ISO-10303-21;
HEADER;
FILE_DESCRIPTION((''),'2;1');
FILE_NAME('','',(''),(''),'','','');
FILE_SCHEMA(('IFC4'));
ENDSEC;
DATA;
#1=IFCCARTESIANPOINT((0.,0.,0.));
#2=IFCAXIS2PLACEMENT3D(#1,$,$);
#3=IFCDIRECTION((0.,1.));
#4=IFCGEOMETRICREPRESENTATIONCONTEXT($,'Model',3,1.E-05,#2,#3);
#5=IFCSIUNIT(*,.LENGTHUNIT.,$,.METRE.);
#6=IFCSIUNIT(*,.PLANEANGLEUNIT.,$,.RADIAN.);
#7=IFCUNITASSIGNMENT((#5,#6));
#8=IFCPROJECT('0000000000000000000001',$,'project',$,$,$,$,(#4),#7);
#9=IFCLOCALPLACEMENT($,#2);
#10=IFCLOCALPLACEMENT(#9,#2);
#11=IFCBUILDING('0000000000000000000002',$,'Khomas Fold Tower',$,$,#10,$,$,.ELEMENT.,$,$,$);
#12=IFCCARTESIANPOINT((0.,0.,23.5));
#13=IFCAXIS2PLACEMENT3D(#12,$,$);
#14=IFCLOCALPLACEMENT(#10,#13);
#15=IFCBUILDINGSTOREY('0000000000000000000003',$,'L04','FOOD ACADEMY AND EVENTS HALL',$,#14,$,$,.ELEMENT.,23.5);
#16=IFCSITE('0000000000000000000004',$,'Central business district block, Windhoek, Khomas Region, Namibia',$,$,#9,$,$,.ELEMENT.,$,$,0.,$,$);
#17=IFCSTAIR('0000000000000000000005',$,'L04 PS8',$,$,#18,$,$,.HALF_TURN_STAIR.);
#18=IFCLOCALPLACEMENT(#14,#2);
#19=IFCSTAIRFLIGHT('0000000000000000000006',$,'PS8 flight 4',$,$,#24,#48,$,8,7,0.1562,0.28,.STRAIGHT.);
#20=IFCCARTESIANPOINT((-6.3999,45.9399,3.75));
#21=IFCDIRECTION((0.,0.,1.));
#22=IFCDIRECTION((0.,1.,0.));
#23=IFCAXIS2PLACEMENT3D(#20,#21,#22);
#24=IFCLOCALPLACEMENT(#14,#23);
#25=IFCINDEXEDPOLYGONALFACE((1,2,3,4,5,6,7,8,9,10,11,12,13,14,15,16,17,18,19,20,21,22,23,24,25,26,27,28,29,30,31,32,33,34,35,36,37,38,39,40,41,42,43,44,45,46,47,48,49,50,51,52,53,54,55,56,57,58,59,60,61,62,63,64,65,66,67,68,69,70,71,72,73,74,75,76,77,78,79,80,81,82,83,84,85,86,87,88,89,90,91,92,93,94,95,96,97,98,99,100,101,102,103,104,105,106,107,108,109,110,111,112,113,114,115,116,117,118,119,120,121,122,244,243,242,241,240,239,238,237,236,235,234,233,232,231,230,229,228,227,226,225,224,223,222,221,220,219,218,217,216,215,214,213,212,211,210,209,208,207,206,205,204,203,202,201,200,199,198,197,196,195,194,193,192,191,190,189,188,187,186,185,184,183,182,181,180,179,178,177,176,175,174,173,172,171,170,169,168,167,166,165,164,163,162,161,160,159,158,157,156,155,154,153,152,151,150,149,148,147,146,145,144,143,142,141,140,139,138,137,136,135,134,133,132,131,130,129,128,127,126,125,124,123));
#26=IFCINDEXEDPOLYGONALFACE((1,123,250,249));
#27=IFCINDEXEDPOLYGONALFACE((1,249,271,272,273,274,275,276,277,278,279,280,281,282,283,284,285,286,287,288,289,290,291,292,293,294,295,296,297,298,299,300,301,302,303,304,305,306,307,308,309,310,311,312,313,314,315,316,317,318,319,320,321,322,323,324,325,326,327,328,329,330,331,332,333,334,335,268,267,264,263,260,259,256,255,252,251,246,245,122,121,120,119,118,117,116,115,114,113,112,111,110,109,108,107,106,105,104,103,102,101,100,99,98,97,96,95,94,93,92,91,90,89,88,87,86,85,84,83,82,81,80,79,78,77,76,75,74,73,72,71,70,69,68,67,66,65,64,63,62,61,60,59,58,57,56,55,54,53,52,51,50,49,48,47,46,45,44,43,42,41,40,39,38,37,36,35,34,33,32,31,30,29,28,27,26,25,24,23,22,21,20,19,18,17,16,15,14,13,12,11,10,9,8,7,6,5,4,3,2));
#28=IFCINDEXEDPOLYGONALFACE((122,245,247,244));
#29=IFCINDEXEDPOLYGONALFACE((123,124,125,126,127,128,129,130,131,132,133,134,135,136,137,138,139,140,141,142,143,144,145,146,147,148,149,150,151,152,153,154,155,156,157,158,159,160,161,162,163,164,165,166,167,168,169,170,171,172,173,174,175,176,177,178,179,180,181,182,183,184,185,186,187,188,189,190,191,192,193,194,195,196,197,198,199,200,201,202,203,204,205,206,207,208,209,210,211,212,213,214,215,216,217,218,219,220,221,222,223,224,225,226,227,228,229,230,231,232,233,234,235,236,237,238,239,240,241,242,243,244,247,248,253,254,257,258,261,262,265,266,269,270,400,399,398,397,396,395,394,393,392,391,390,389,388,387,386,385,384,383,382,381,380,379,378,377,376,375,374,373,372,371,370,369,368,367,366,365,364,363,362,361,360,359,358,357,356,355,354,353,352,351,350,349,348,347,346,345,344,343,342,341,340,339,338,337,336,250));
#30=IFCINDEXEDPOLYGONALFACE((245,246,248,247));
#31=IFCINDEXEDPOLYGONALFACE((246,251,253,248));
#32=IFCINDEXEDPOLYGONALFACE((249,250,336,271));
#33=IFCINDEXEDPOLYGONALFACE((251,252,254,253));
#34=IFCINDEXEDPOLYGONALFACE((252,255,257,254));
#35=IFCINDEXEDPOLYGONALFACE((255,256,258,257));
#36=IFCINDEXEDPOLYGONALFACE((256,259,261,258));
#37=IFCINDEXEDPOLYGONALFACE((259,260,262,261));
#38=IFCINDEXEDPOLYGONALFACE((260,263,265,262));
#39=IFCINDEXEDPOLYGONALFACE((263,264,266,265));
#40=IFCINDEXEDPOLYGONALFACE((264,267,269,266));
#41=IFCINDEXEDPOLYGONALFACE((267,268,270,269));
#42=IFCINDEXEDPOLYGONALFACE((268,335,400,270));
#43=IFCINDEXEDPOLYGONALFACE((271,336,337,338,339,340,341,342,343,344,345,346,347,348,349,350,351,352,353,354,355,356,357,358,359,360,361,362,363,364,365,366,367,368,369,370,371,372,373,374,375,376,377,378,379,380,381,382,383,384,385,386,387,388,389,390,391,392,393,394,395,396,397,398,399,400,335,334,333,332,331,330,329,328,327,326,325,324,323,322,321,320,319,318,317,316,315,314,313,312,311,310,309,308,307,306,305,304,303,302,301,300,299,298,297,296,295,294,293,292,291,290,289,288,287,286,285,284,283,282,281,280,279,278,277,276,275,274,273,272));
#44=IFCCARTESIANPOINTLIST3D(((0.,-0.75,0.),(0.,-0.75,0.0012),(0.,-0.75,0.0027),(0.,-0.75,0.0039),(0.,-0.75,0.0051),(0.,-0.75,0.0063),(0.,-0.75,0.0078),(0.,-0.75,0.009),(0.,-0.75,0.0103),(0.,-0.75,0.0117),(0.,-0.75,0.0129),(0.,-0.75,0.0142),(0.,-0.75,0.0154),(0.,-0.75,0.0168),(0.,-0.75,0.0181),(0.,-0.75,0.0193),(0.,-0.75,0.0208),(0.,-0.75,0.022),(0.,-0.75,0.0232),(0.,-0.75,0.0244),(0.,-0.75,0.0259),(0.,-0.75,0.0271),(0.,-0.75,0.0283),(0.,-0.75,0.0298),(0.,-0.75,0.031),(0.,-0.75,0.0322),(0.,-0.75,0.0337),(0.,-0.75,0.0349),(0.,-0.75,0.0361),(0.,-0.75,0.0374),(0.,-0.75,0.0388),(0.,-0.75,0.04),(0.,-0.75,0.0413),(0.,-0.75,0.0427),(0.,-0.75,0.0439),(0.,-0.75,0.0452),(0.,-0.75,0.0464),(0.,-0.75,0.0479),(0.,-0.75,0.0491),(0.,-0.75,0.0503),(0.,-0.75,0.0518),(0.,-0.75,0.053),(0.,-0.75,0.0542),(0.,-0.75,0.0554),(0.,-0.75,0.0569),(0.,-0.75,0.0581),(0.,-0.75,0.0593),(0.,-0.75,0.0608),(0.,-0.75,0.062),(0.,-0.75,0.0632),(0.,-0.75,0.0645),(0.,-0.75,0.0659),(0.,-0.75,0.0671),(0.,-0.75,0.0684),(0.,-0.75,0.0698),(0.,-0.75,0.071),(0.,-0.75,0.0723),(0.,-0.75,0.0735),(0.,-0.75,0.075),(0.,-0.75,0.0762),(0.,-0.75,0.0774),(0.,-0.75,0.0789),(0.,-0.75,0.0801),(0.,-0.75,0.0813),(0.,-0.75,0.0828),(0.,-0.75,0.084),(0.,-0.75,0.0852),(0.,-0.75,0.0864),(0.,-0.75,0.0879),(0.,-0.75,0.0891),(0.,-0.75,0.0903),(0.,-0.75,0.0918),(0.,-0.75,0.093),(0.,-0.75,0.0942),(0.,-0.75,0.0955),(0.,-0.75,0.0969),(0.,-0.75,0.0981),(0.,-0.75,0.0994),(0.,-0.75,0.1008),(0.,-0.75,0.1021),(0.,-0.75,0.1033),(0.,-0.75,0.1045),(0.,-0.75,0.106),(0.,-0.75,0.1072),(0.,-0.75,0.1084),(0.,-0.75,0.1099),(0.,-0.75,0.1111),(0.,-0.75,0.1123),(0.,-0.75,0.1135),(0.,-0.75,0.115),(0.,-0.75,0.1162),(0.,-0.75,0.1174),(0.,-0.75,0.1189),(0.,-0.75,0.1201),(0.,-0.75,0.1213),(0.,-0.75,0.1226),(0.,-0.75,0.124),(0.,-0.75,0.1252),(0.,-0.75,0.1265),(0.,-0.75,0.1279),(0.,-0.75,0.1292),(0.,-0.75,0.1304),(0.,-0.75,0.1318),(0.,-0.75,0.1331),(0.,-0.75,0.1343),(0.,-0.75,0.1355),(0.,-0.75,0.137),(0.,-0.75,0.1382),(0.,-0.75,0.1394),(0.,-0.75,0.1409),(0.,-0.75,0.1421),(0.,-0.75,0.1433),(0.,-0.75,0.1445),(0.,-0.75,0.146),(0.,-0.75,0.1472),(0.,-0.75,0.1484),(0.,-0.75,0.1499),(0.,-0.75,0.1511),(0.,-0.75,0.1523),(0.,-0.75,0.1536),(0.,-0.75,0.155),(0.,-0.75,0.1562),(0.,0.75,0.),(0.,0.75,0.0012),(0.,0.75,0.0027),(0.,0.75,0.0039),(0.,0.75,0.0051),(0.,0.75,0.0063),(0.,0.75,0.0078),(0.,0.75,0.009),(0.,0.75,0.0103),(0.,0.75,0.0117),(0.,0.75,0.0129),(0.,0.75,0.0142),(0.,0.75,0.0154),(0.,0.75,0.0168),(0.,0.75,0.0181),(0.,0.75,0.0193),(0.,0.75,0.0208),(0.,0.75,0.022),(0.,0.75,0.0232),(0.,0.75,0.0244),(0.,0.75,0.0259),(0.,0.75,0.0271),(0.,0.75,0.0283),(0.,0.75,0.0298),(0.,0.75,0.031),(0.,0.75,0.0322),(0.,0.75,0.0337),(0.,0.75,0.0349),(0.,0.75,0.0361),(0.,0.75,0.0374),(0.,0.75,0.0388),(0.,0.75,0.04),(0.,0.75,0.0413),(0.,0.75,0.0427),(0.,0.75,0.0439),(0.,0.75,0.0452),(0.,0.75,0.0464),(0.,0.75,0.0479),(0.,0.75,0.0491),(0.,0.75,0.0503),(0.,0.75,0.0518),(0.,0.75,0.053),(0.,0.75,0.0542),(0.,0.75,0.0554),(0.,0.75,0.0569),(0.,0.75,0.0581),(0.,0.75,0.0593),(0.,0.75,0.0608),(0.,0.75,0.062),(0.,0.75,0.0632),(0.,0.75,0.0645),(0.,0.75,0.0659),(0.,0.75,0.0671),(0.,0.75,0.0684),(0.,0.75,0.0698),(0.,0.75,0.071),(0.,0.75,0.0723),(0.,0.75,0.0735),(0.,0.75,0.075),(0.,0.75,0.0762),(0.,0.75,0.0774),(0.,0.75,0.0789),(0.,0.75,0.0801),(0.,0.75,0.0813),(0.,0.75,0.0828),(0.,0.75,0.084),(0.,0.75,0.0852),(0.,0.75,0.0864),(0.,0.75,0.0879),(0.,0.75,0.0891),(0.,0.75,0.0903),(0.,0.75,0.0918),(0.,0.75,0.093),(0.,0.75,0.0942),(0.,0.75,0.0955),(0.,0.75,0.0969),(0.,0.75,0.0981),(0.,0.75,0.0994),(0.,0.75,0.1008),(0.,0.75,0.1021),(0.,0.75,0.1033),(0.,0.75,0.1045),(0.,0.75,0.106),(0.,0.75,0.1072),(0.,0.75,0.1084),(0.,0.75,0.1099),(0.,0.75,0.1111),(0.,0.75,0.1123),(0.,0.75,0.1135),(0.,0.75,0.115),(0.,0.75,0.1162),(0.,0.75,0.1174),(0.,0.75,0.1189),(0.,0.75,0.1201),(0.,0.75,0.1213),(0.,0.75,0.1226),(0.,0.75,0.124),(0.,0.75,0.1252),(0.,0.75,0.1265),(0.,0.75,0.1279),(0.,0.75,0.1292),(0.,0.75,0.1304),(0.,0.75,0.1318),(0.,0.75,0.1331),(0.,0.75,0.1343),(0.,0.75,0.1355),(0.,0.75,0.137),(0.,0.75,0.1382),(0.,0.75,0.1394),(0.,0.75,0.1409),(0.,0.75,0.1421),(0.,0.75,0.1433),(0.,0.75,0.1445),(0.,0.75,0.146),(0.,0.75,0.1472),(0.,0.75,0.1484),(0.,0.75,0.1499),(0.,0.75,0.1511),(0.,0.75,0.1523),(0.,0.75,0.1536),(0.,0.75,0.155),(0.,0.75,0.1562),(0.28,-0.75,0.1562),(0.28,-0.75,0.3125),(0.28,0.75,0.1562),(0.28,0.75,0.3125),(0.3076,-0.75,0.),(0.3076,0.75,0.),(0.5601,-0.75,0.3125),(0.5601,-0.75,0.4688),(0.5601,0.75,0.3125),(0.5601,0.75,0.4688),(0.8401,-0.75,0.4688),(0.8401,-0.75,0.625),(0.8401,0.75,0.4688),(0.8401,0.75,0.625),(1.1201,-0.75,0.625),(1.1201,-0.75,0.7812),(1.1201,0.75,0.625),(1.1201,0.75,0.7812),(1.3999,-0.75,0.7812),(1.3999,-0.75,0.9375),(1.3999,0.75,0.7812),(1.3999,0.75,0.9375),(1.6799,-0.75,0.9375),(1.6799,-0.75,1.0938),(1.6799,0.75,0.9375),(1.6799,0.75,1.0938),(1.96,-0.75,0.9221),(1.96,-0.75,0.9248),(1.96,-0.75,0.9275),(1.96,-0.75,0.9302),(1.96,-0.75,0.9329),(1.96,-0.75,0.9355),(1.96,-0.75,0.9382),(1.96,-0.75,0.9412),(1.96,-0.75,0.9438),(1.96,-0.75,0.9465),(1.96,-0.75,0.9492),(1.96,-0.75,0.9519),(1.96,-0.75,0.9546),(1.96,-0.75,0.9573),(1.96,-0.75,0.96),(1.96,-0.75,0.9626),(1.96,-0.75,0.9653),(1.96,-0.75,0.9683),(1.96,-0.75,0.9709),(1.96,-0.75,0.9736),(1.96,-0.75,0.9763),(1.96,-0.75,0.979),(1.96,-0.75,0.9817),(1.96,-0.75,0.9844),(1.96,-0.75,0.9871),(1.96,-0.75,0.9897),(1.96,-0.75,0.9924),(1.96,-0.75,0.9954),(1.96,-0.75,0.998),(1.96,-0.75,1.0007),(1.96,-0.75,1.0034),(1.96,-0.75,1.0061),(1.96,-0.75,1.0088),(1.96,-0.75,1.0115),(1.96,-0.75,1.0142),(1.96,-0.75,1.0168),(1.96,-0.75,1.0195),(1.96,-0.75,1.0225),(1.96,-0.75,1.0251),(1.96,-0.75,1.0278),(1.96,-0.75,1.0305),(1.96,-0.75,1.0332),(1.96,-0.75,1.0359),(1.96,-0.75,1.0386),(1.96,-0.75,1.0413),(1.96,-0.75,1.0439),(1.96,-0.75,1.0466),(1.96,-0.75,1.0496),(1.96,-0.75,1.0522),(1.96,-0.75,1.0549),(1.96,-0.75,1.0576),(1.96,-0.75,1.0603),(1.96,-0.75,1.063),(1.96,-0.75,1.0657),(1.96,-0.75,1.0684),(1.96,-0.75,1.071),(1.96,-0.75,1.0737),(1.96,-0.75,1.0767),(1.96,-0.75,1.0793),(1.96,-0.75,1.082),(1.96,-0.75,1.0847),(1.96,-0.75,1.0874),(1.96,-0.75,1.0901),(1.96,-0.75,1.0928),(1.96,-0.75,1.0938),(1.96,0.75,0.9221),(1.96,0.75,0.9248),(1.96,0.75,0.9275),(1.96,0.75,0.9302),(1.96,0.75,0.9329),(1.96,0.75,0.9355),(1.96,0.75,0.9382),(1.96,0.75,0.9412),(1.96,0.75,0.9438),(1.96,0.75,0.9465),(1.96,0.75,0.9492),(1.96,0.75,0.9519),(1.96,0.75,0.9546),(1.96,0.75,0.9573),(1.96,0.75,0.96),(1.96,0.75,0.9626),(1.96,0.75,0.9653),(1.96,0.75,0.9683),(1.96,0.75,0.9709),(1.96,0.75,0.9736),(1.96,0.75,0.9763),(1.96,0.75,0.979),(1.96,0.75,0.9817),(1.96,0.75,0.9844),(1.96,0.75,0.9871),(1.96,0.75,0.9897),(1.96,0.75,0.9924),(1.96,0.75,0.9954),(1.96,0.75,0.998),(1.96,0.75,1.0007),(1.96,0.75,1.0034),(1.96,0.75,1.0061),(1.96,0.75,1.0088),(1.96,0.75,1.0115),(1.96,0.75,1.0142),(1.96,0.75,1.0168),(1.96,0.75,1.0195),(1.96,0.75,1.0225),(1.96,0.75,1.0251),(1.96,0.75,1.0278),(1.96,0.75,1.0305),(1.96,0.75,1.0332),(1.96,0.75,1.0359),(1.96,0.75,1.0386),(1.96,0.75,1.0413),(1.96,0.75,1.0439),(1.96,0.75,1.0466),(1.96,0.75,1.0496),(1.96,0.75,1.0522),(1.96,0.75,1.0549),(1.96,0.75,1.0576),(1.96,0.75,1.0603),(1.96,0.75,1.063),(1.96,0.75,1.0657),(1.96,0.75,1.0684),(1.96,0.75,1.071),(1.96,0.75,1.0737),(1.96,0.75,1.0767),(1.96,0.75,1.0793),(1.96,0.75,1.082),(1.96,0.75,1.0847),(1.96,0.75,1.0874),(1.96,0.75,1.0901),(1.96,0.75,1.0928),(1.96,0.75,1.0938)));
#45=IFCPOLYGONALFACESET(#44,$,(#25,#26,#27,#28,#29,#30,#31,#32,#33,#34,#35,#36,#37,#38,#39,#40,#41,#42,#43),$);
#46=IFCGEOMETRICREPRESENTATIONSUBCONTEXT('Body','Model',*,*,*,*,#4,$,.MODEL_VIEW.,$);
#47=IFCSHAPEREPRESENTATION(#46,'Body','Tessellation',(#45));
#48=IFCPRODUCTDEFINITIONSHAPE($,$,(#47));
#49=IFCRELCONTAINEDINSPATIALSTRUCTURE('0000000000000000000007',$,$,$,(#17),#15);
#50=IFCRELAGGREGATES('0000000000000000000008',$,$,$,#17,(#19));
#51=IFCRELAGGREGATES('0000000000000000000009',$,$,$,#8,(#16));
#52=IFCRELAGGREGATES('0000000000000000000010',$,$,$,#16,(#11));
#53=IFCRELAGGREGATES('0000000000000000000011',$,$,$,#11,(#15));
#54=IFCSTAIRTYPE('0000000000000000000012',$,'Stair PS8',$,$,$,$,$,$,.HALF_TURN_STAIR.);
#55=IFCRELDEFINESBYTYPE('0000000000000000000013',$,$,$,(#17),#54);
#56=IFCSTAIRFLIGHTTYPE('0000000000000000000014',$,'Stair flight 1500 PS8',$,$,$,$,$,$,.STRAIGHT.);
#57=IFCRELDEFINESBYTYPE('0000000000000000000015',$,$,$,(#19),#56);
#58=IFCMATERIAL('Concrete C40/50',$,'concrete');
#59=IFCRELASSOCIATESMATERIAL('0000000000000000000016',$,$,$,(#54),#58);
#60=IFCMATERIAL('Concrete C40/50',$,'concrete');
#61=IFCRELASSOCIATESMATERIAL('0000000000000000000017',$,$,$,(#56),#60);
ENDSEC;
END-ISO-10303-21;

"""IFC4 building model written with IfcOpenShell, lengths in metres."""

from ifc_helpers import new_model, si_unit, direction, frame, origin, place, context, subcontext, project, spatial, polyline, outline, extrude, source, transform, mapped, material, type_object, element, aggregate, save


model = new_model("IFC4")

# Units and contexts
model_context = context("Model", 3, precision=1e-05, world=origin(), true_north=direction((0.0, 1.0)))
body_context = subcontext(model_context, "Body", "Model", "MODEL_VIEW")
ifc_project = project(units=[si_unit("LENGTHUNIT", "METRE"), si_unit("PLANEANGLEUNIT", "RADIAN")], contexts=[model_context])

# Site, building, storey
site_placement = place(None, origin())
site = spatial("IfcSite", under=ifc_project, at=site_placement, Name="Central business district block, Windhoek, Khomas Region, Namibia", CompositionType="ELEMENT", RefElevation=0.0)
building_placement = place(site_placement, origin())
building = spatial("IfcBuilding", under=site, at=building_placement, Name="Khomas Fold Tower", CompositionType="ELEMENT")
storey_placement = place(building_placement, frame((0.0, 0.0, 23.5)))
storey = spatial("IfcBuildingStorey", under=building, at=storey_placement, Name="L04", Description="FOOD ACADEMY AND EVENTS HALL", CompositionType="ELEMENT", Elevation=23.5)

# Stair, stair flight
ifc_material_1 = material(Name="Concrete C40/50", Category="concrete")
stair_type = type_object("IfcStairType", Name="Stair PS8", PredefinedType="HALF_TURN_STAIR", material=ifc_material_1)
stair_placement = place(storey_placement, origin())
stair = element("IfcStair", 1, at=stair_placement, inside=storey, type_object=stair_type, Name="L04 PS8", PredefinedType="HALF_TURN_STAIR")
ifc_material_2 = material(Name="Concrete C40/50", Category="concrete")
stair_flight_type = type_object("IfcStairFlightType", Name="Stair flight 1500 PS8", PredefinedType="STRAIGHT", material=ifc_material_2)
shared_shape_1 = source(origin(), body_context, "Body", "SweptSolid", [
    extrude(outline(polyline([(0.0, 0.0), (0.0, 0.0012), (0.0, 0.0027), (0.0, 0.0039), (0.0, 0.0051), (0.0, 0.0063), (0.0, 0.0078), (0.0, 0.009), (0.0, 0.0103), (0.0, 0.0117), (0.0, 0.0129), (0.0, 0.0142), (0.0, 0.0154), (0.0, 0.0168), (0.0, 0.0181), (0.0, 0.0193), (0.0, 0.0208), (0.0, 0.022), (0.0, 0.0232), (0.0, 0.0244), (0.0, 0.0259), (0.0, 0.0271), (0.0, 0.0283), (0.0, 0.0298), (0.0, 0.031), (0.0, 0.0322), (0.0, 0.0337), (0.0, 0.0349), (0.0, 0.0361), (0.0, 0.0374), (0.0, 0.0388), (0.0, 0.04), (0.0, 0.0413), (0.0, 0.0427), (0.0, 0.0439), (0.0, 0.0452), (0.0, 0.0464), (0.0, 0.0479), (0.0, 0.0491), (0.0, 0.0503), (0.0, 0.0518), (0.0, 0.053), (0.0, 0.0542), (0.0, 0.0554), (0.0, 0.0569), (0.0, 0.0581), (0.0, 0.0593), (0.0, 0.0608), (0.0, 0.062), (0.0, 0.0632), (0.0, 0.0645), (0.0, 0.0659), (0.0, 0.0671), (0.0, 0.0684), (0.0, 0.0698), (0.0, 0.071), (0.0, 0.0723), (0.0, 0.0735), (0.0, 0.075), (0.0, 0.0762), (0.0, 0.0774), (0.0, 0.0789), (0.0, 0.0801), (0.0, 0.0813), (0.0, 0.0828), (0.0, 0.084), (0.0, 0.0852), (0.0, 0.0864), (0.0, 0.0879), (0.0, 0.0891), (0.0, 0.0903), (0.0, 0.0918), (0.0, 0.093), (0.0, 0.0942), (0.0, 0.0955), (0.0, 0.0969), (0.0, 0.0981), (0.0, 0.0994), (0.0, 0.1008), (0.0, 0.1021), (0.0, 0.1033), (0.0, 0.1045), (0.0, 0.106), (0.0, 0.1072), (0.0, 0.1084), (0.0, 0.1099), (0.0, 0.1111), (0.0, 0.1123), (0.0, 0.1135), (0.0, 0.115), (0.0, 0.1162), (0.0, 0.1174), (0.0, 0.1189), (0.0, 0.1201), (0.0, 0.1213), (0.0, 0.1226), (0.0, 0.124), (0.0, 0.1252), (0.0, 0.1265), (0.0, 0.1279), (0.0, 0.1292), (0.0, 0.1304), (0.0, 0.1318), (0.0, 0.1331), (0.0, 0.1343), (0.0, 0.1355), (0.0, 0.137), (0.0, 0.1382), (0.0, 0.1394), (0.0, 0.1409), (0.0, 0.1421), (0.0, 0.1433), (0.0, 0.1445), (0.0, 0.146), (0.0, 0.1472), (0.0, 0.1484), (0.0, 0.1499), (0.0, 0.1511), (0.0, 0.1523), (0.0, 0.1536), (0.0, 0.155), (0.0, 0.1562), (0.28, 0.1562), (0.28, 0.3125), (0.5601, 0.3125), (0.5601, 0.4688), (0.8401, 0.4688), (0.8401, 0.625), (1.1201, 0.625), (1.1201, 0.7812), (1.3999, 0.7812), (1.3999, 0.9375), (1.6799, 0.9375), (1.6799, 1.0938), (1.96, 1.0938), (1.96, 1.25), (1.96, 1.2473), (1.96, 1.2446), (1.96, 1.2419), (1.96, 1.2393), (1.96, 1.2363), (1.96, 1.2336), (1.96, 1.231), (1.96, 1.2283), (1.96, 1.2256), (1.96, 1.2229), (1.96, 1.2202), (1.96, 1.2175), (1.96, 1.2148), (1.96, 1.2122), (1.96, 1.2092), (1.96, 1.2065), (1.96, 1.2039), (1.96, 1.2012), (1.96, 1.1985), (1.96, 1.1958), (1.96, 1.1931), (1.96, 1.1904), (1.96, 1.1877), (1.96, 1.1851), (1.96, 1.1821), (1.96, 1.1794), (1.96, 1.1768), (1.96, 1.1741), (1.96, 1.1714), (1.96, 1.1687), (1.96, 1.166), (1.96, 1.1633), (1.96, 1.1606), (1.96, 1.158), (1.96, 1.155), (1.96, 1.1523), (1.96, 1.1497), (1.96, 1.147), (1.96, 1.1443), (1.96, 1.1416), (1.96, 1.1389), (1.96, 1.1362), (1.96, 1.1335), (1.96, 1.1309), (1.96, 1.1279), (1.96, 1.1252), (1.96, 1.1226), (1.96, 1.1199), (1.96, 1.1172), (1.96, 1.1145), (1.96, 1.1118), (1.96, 1.1091), (1.96, 1.1064), (1.96, 1.1038), (1.96, 1.1008), (1.96, 1.0981), (1.96, 1.0955), (1.96, 1.0928), (1.96, 1.0901), (1.96, 1.0874), (1.96, 1.0847), (1.96, 1.082), (1.96, 1.0793), (1.96, 1.0767), (1.96, 1.0737), (1.96, 1.071), (1.96, 1.0684), (1.96, 1.0657), (1.96, 1.063), (1.96, 1.0603), (1.96, 1.0576), (1.96, 1.0549), (1.96, 1.0522), (1.96, 1.0496), (1.96, 1.0466), (1.96, 1.0439), (1.96, 1.0413), (1.96, 1.0386), (1.96, 1.0359), (1.96, 1.0332), (1.96, 1.0305), (1.96, 1.0278), (1.96, 1.0251), (1.96, 1.0225), (1.96, 1.0195), (1.96, 1.0168), (1.96, 1.0142), (1.96, 1.0115), (1.96, 1.0088), (1.96, 1.0061), (1.96, 1.0034), (1.96, 1.0007), (1.96, 0.998), (1.96, 0.9954), (1.96, 0.9924), (1.96, 0.9897), (1.96, 0.9871), (1.96, 0.9844), (1.96, 0.9817), (1.96, 0.979), (1.96, 0.9763), (1.96, 0.9736), (1.96, 0.9709), (1.96, 0.9683), (1.96, 0.9653), (1.96, 0.9626), (1.96, 0.96), (1.96, 0.9573), (1.96, 0.9546), (1.96, 0.9519), (1.96, 0.9492), (1.96, 0.9465), (1.96, 0.9438), (1.96, 0.9412), (1.96, 0.9382), (1.96, 0.9355), (1.96, 0.9329), (1.96, 0.9302), (1.96, 0.9275), (1.96, 0.9248), (1.96, 0.9221), (0.3076, 0.0), (0.0, 0.0)])), frame((0.0, 0.75, 0.0), z_axis=(0.0, -1.0, 0.0), x_axis=(1.0, 0.0, 0.0)), (0.0, 0.0, 1.0), 1.5),
])
stair_flight_1_placement = place(storey_placement, frame((-6.3999, 45.9399, 3.75), z_axis=(0.0, 0.0, 1.0), x_axis=(0.0, 1.0, 0.0)))
stair_flight_1 = element("IfcStairFlight", 2, at=stair_flight_1_placement, type_object=stair_flight_type, Name="PS8 flight 4", NumberOfRisers=8, NumberOfTreads=7, PredefinedType="STRAIGHT", RiserHeight=0.1562, TreadLength=0.28, context=body_context, shape_type="MappedRepresentation", body=[
    mapped(shared_shape_1, transform((0.0, 0.0, 0.0))),
])
aggregate(stair, [stair_flight_1])

save(model, "model.ifc")
